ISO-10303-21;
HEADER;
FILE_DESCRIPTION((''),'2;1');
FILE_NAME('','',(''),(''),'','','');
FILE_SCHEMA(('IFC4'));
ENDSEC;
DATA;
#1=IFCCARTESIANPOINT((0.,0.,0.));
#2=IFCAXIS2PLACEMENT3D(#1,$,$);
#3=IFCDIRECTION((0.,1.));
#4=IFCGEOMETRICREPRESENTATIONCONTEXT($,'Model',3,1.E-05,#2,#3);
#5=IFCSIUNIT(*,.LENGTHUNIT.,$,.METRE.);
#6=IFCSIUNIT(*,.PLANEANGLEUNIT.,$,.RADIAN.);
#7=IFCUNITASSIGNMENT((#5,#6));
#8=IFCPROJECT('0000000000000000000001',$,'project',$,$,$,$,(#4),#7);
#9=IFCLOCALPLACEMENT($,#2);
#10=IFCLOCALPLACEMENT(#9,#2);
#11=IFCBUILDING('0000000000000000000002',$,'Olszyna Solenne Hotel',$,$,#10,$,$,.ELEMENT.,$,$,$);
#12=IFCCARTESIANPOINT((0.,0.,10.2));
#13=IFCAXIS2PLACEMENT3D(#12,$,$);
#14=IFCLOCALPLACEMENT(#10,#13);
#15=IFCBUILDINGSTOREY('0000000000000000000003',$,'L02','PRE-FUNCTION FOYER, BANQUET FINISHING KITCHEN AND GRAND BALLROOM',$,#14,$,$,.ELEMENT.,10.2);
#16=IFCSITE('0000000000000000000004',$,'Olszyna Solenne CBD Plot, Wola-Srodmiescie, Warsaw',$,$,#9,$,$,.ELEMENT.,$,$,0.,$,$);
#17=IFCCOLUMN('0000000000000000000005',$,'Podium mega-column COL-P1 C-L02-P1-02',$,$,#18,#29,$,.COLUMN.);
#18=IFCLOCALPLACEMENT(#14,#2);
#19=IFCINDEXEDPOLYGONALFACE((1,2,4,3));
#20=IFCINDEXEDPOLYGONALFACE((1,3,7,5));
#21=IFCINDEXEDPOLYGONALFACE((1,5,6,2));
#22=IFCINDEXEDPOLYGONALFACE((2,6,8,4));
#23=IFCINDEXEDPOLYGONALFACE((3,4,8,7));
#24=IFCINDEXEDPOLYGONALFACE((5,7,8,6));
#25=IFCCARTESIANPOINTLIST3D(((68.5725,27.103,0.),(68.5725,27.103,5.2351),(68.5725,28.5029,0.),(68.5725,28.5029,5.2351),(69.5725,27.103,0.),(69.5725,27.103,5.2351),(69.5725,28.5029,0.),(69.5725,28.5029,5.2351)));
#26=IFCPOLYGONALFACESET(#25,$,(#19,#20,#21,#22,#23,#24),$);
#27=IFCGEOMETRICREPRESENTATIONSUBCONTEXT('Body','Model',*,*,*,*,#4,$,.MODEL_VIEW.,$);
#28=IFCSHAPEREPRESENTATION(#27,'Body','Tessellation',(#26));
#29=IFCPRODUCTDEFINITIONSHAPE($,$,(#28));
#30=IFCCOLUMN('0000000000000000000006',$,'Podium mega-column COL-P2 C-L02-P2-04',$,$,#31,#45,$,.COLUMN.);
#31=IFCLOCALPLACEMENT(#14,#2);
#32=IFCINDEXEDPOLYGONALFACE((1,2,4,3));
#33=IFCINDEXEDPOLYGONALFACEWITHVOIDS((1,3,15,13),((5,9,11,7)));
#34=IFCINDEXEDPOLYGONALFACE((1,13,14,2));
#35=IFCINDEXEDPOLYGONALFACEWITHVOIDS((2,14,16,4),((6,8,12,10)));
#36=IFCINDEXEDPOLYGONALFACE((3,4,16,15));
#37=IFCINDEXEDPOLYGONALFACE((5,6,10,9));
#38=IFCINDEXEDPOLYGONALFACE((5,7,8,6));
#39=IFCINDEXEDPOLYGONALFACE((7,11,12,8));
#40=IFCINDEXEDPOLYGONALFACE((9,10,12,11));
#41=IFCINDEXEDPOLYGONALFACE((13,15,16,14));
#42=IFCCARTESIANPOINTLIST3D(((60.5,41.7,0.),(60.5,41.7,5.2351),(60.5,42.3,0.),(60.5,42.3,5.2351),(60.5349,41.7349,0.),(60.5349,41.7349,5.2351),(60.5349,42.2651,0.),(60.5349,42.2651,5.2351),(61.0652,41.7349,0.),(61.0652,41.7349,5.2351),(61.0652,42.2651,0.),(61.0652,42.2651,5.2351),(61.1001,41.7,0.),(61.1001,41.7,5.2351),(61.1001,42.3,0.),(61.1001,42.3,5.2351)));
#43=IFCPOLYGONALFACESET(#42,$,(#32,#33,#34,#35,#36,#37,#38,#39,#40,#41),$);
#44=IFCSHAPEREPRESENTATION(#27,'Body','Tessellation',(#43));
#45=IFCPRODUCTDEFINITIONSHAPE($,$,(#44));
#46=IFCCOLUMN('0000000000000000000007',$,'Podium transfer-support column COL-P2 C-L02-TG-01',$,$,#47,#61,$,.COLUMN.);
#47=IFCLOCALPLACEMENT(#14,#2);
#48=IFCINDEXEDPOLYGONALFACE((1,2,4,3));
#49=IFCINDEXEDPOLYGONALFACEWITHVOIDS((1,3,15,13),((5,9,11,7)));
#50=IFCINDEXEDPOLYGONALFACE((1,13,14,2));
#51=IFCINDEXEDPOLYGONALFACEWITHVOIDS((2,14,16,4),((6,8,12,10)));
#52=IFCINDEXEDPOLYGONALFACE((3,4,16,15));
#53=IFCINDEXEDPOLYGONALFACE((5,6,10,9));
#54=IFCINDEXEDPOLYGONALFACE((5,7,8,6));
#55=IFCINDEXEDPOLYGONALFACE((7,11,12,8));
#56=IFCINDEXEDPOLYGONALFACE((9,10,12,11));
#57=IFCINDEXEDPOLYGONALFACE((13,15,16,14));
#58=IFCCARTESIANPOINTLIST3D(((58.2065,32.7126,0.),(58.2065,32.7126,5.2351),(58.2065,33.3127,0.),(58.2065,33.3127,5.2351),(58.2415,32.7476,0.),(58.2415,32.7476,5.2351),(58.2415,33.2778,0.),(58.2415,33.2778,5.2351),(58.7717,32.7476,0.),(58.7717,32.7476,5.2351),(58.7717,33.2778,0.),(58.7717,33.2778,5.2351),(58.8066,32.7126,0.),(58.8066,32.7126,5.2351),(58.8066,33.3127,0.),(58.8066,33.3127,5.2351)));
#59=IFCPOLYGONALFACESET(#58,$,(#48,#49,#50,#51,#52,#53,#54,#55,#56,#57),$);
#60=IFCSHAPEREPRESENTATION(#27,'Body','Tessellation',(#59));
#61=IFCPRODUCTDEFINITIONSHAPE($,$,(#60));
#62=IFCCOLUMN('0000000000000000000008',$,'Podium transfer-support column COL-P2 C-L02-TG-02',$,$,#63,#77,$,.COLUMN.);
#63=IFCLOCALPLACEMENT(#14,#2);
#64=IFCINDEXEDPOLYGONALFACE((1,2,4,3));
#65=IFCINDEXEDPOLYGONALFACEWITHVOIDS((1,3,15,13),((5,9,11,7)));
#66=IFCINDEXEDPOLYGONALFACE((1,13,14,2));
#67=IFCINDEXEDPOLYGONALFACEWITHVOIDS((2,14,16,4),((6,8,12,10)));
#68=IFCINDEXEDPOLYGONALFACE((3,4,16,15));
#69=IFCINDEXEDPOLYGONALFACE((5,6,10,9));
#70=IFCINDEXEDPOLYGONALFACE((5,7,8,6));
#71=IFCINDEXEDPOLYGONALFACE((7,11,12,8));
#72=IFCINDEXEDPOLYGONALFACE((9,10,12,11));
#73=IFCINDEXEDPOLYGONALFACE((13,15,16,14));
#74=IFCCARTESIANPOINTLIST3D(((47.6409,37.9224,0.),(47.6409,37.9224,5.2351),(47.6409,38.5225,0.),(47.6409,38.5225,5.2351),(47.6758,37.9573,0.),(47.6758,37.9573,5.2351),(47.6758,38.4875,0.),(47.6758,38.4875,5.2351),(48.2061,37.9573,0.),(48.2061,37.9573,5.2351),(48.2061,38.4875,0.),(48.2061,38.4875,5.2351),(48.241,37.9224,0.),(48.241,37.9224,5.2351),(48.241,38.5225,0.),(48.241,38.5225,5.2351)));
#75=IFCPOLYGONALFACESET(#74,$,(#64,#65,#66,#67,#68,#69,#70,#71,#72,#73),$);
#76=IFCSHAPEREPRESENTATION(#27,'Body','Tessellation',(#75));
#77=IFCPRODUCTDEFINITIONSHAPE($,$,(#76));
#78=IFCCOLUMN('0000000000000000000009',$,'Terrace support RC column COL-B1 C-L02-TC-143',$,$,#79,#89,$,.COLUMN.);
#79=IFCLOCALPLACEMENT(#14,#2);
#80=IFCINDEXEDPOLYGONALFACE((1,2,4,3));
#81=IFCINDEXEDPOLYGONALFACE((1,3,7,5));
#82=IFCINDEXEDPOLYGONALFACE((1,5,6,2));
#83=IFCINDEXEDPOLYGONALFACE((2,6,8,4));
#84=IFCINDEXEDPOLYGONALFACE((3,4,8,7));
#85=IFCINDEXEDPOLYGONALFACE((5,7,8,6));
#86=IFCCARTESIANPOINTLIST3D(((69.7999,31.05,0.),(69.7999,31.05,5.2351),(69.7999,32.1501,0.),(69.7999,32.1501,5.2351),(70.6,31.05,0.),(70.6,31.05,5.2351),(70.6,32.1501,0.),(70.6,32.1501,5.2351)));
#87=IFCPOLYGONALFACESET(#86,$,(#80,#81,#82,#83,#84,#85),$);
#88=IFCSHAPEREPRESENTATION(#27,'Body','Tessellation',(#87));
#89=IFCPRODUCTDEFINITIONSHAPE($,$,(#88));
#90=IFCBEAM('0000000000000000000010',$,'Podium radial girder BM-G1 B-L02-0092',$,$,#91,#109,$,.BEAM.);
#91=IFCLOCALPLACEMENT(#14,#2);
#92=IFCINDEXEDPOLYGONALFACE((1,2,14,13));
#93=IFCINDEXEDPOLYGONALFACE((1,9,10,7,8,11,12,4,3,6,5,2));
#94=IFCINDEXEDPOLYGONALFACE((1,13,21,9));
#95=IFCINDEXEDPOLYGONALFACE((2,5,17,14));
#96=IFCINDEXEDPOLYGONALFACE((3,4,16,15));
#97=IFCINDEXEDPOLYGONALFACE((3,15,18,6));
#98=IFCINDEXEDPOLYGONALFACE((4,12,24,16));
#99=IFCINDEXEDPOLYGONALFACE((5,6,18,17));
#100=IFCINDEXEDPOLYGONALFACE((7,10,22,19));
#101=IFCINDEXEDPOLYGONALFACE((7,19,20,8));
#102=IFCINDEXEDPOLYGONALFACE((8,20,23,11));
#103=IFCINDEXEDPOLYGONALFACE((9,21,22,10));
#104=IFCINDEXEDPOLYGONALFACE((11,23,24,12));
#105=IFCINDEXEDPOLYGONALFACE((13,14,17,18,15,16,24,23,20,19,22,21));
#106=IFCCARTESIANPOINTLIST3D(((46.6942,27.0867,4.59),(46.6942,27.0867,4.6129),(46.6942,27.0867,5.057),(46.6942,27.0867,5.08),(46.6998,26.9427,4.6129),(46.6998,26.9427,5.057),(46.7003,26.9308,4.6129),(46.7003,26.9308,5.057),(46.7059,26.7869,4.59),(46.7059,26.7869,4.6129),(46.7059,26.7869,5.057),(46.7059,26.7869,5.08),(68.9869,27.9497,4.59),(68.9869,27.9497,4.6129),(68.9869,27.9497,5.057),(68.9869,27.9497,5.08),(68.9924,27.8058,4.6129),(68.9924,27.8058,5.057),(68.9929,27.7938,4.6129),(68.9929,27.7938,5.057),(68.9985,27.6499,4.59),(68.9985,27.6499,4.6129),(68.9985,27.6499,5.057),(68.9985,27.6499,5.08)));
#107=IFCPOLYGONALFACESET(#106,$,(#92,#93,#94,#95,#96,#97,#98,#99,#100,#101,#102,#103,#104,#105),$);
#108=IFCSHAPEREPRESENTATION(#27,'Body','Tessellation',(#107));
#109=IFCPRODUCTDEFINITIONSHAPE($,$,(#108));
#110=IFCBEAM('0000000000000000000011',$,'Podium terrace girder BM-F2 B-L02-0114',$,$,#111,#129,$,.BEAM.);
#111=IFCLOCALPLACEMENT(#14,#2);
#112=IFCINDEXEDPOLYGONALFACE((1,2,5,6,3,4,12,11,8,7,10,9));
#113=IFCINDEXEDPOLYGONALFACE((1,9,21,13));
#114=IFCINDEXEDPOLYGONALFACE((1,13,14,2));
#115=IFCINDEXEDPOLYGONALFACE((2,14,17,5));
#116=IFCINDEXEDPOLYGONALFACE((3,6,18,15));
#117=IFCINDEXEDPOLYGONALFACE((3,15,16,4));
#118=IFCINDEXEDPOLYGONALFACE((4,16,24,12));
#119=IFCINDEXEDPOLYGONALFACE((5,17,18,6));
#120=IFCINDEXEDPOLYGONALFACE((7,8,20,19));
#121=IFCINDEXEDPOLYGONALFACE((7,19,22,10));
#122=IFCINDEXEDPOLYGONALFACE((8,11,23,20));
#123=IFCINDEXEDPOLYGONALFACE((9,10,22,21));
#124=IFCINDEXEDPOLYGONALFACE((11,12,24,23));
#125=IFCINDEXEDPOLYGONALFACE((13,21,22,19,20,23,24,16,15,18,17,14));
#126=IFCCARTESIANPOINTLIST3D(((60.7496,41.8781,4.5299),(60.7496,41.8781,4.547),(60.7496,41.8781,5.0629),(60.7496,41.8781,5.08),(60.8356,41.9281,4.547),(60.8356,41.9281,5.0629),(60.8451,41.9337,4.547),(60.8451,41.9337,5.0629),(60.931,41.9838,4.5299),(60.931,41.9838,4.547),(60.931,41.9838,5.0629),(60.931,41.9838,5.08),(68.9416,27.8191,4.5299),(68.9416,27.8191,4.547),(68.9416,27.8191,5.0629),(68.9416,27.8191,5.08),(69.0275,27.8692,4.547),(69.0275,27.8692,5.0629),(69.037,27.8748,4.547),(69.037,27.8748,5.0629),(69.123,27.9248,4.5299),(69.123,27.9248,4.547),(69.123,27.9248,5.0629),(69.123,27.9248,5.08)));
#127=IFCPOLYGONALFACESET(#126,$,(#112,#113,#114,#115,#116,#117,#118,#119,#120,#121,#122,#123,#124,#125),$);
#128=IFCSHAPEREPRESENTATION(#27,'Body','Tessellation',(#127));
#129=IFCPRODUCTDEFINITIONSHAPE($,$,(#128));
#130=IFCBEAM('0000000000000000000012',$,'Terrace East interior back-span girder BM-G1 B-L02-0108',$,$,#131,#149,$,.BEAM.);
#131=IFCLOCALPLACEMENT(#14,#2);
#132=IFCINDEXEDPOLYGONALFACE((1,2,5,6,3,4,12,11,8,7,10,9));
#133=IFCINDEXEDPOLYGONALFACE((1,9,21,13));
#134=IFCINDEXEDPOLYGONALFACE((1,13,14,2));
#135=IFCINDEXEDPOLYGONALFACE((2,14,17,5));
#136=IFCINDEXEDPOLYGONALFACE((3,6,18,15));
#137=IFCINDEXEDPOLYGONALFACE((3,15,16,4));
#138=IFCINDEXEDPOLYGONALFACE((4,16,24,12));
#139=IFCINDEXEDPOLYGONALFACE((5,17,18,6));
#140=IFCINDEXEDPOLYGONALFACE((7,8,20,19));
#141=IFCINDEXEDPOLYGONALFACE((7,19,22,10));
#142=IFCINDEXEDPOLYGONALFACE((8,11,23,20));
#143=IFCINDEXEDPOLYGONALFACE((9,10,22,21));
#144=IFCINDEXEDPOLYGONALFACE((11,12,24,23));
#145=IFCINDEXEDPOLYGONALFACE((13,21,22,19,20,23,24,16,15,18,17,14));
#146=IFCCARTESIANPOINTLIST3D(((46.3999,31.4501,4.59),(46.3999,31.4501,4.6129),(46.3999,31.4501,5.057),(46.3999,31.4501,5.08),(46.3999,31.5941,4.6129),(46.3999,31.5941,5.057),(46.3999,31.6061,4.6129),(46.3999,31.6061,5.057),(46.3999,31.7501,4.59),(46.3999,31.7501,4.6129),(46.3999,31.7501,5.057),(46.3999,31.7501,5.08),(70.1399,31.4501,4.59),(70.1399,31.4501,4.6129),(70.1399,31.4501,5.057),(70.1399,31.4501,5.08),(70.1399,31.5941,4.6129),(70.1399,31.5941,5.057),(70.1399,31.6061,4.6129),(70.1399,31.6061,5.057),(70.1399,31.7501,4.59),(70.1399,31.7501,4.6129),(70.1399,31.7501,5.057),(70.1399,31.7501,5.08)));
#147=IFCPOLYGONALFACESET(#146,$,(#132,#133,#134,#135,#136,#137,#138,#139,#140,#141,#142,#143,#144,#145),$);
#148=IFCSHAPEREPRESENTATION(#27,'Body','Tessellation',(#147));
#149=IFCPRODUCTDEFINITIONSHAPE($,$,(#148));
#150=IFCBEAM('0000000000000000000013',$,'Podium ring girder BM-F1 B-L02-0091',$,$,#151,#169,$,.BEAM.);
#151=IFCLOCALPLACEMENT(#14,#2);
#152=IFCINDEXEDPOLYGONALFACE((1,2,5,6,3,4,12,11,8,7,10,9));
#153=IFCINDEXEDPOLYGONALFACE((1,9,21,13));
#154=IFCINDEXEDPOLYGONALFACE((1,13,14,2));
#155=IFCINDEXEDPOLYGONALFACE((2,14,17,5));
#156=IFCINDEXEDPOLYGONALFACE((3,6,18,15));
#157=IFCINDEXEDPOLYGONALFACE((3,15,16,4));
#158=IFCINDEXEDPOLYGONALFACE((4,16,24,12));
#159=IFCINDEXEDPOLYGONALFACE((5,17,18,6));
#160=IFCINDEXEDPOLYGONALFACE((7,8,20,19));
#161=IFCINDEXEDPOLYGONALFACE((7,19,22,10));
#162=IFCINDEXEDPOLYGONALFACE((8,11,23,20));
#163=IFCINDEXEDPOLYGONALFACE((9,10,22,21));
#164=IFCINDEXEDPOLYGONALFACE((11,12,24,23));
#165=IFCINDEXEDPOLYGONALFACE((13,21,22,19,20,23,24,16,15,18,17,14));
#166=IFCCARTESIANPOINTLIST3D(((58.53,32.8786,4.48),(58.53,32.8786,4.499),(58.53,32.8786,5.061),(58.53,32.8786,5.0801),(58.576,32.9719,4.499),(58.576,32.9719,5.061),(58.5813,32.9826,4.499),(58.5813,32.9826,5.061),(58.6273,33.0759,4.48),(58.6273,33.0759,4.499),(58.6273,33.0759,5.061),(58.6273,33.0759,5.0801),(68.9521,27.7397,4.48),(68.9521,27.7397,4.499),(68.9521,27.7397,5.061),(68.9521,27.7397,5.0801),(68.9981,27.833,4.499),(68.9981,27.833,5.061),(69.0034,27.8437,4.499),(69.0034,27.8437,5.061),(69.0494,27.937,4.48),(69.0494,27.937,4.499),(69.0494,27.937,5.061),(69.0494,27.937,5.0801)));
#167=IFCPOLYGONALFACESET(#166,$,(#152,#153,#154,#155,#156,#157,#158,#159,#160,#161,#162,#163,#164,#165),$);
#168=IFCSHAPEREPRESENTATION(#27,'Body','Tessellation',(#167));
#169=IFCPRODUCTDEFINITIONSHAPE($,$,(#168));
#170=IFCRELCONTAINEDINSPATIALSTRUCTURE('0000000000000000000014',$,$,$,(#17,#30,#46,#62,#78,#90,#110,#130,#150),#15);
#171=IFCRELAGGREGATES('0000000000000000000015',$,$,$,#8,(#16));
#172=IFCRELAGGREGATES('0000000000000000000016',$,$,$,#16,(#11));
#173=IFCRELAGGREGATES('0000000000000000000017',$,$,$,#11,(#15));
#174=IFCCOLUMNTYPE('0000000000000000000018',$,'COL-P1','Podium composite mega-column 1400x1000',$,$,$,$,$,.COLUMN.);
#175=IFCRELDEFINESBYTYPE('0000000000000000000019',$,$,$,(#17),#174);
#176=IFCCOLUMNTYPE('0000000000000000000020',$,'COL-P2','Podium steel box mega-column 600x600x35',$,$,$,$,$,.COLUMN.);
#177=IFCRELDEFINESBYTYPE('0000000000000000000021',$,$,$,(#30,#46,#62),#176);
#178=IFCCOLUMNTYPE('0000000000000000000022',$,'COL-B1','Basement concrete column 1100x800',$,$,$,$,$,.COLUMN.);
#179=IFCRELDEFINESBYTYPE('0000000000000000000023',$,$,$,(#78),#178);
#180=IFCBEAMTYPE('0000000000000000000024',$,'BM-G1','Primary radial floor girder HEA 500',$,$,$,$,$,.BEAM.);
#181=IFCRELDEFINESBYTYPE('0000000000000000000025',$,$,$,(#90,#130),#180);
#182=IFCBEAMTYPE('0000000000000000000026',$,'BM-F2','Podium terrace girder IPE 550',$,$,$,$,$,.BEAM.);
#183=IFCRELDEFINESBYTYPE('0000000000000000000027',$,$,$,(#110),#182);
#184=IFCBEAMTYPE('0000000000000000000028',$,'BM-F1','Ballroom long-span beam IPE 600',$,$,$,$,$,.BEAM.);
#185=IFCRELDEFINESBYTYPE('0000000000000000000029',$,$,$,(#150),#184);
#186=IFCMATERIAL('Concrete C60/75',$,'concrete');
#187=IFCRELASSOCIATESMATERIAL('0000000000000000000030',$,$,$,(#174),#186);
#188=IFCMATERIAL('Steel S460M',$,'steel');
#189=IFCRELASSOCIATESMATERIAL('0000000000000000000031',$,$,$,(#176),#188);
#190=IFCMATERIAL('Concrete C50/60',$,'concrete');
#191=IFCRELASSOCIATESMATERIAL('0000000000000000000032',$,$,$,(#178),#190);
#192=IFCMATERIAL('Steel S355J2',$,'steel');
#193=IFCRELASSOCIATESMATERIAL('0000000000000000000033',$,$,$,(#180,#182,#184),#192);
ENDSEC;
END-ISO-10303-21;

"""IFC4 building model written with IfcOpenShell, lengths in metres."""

from ifc_helpers import new_model, si_unit, direction, frame, origin, origin_2d, place, context, subcontext, project, spatial, rectangle, hollow_rectangle, i_section, extrude, source, transform, mapped, material, material_profile, profile_set, type_object, element, save


model = new_model("IFC4")

# Units and contexts
model_context = context("Model", 3, precision=1e-05, world=origin(), true_north=direction((0.0, 1.0)))
body_context = subcontext(model_context, "Body", "Model", "MODEL_VIEW")
ifc_project = project(units=[si_unit("LENGTHUNIT", "METRE"), si_unit("PLANEANGLEUNIT", "RADIAN")], contexts=[model_context])

# Site, building, storey
site_placement = place(None, origin())
site = spatial("IfcSite", under=ifc_project, at=site_placement, Name="Olszyna Solenne CBD Plot, Wola-Srodmiescie, Warsaw", CompositionType="ELEMENT", RefElevation=0.0)
building_placement = place(site_placement, origin())
building = spatial("IfcBuilding", under=site, at=building_placement, Name="Olszyna Solenne Hotel", CompositionType="ELEMENT")
storey_placement = place(building_placement, frame((0.0, 0.0, 10.2)))
storey = spatial("IfcBuildingStorey", under=building, at=storey_placement, Name="L02", Description="PRE-FUNCTION FOYER, BANQUET FINISHING KITCHEN AND GRAND BALLROOM", CompositionType="ELEMENT", Elevation=10.2)

# Columns
ifc_material_1 = material(Name="Concrete C60/75", Category="concrete")
ifc_material_profile_1 = material_profile(ifc_material_1, rectangle(XDim=1.0, YDim=1.3999, at=origin_2d()), Name="RC 1400x1000", Category="load-bearing")
ifc_profile_set_1 = profile_set([ifc_material_profile_1], Name="Concrete C60/75")
column_type_1 = type_object("IfcColumnType", Name="COL-P1", Description="Podium composite mega-column 1400x1000", PredefinedType="COLUMN", material=ifc_profile_set_1)
shared_shape_1 = source(origin(), body_context, "Body", "SweptSolid", [
    extrude(rectangle(XDim=1.0, YDim=1.3999, at=origin_2d()), origin(), (0.0, 0.0, 1.0), 5.2351),
])
column_1_placement = place(storey_placement, frame((69.0725, 27.803, 0.0), z_axis=(0.0, 0.0, 1.0), x_axis=(1.0, 0.0, 0.0)))
element("IfcColumn", 1, at=column_1_placement, inside=storey, type_object=column_type_1, Name="Podium mega-column COL-P1 C-L02-P1-02", PredefinedType="COLUMN", context=body_context, shape_type="MappedRepresentation", body=[
    mapped(shared_shape_1, transform((0.0, 0.0, 0.0), x_axis=(1.0, 0.0, 0.0), y_axis=(0.0, 1.0, 0.0), z_axis=(0.0, 0.0, 1.0), scale=1.0)),
])
ifc_material_2 = material(Name="Steel S460M", Category="steel")
ifc_material_profile_2 = material_profile(ifc_material_2, hollow_rectangle(XDim=0.6001, YDim=0.6001, WallThickness=0.0349, at=origin_2d()), Name="SHS 600x600x35", Category="load-bearing")
ifc_profile_set_2 = profile_set([ifc_material_profile_2], Name="Steel S460M")
column_type_2 = type_object("IfcColumnType", Name="COL-P2", Description="Podium steel box mega-column 600x600x35", PredefinedType="COLUMN", material=ifc_profile_set_2)
shared_shape_2 = source(origin(), body_context, "Body", "SweptSolid", [
    extrude(hollow_rectangle(XDim=0.6001, YDim=0.6001, WallThickness=0.0349, at=origin_2d()), origin(), (0.0, 0.0, 1.0), 5.2351),
])
for number, where, z_axis, x_axis, name in (
    (2, (60.8, 42.0, 0.0), (0.0, 0.0, 1.0), (1.0, 0.0, 0.0), "Podium mega-column COL-P2 C-L02-P2-04"),
    (3, (58.5066, 33.0127, 0.0), (0.0, 0.0, 1.0), (1.0, 0.0, 0.0), "Podium transfer-support column COL-P2 C-L02-TG-01"),
    (4, (47.9409, 38.2224, 0.0), (0.0, 0.0, 1.0), (1.0, 0.0, 0.0), "Podium transfer-support column COL-P2 C-L02-TG-02"),
):
    element("IfcColumn", number, at=place(storey_placement, frame(where, z_axis=z_axis, x_axis=x_axis)), inside=storey, type_object=column_type_2, Name=name, PredefinedType="COLUMN", context=body_context, shape_type="MappedRepresentation", body=[
        mapped(shared_shape_2, transform((0.0, 0.0, 0.0), x_axis=(1.0, 0.0, 0.0), y_axis=(0.0, 1.0, 0.0), z_axis=(0.0, 0.0, 1.0), scale=1.0)),
    ])
ifc_material_3 = material(Name="Concrete C50/60", Category="concrete")
ifc_material_profile_3 = material_profile(ifc_material_3, rectangle(XDim=0.8, YDim=1.1001, at=origin_2d()), Name="RC 1100x800", Category="load-bearing")
ifc_profile_set_3 = profile_set([ifc_material_profile_3], Name="Concrete C50/60")
column_type_3 = type_object("IfcColumnType", Name="COL-B1", Description="Basement concrete column 1100x800", PredefinedType="COLUMN", material=ifc_profile_set_3)
shared_shape_3 = source(origin(), body_context, "Body", "SweptSolid", [
    extrude(rectangle(XDim=0.8, YDim=1.1001, at=origin_2d()), origin(), (0.0, 0.0, 1.0), 5.2351),
])
column_2_placement = place(storey_placement, frame((70.2, 31.6001, 0.0), z_axis=(0.0, 0.0, 1.0), x_axis=(1.0, 0.0, 0.0)))
element("IfcColumn", 5, at=column_2_placement, inside=storey, type_object=column_type_3, Name="Terrace support RC column COL-B1 C-L02-TC-143", PredefinedType="COLUMN", context=body_context, shape_type="MappedRepresentation", body=[
    mapped(shared_shape_3, transform((0.0, 0.0, 0.0), x_axis=(1.0, 0.0, 0.0), y_axis=(0.0, 1.0, 0.0), z_axis=(0.0, 0.0, 1.0), scale=1.0)),
])

# Beams
ifc_material_4 = material(Name="Steel S355J2", Category="steel")
ifc_material_profile_4 = material_profile(ifc_material_4, i_section(OverallWidth=0.3, OverallDepth=0.49, WebThickness=0.012, FlangeThickness=0.0229, at=origin_2d()), Name="HEA 500", Category="load-bearing")
ifc_profile_set_4 = profile_set([ifc_material_profile_4], Name="Steel S355J2")
beam_type_1 = type_object("IfcBeamType", Name="BM-G1", Description="Primary radial floor girder HEA 500", PredefinedType="BEAM", material=ifc_profile_set_4)
shared_shape_4 = source(origin(), body_context, "Body", "SweptSolid", [
    extrude(i_section(OverallWidth=0.3, OverallDepth=0.49, WebThickness=0.012, FlangeThickness=0.0229, at=origin_2d()), origin(), (0.0, 0.0, 1.0), 22.3093),
])
beam_1_placement = place(storey_placement, frame((68.9927, 27.7998, 4.835), z_axis=(-0.999251, -0.038685, 0.0), x_axis=(0.038685, -0.999251, 0.0)))
element("IfcBeam", 6, at=beam_1_placement, inside=storey, type_object=beam_type_1, Name="Podium radial girder BM-G1 B-L02-0092", PredefinedType="BEAM", context=body_context, shape_type="MappedRepresentation", body=[
    mapped(shared_shape_4, transform((0.0, 0.0, 0.0), x_axis=(1.0, 0.0, 0.0), y_axis=(0.0, 1.0, 0.0), z_axis=(0.0, 0.0, 1.0), scale=1.0)),
])
ifc_material_profile_5 = material_profile(ifc_material_4, i_section(OverallWidth=0.21, OverallDepth=0.55, WebThickness=0.011, FlangeThickness=0.0171, at=origin_2d()), Name="IPE 550", Category="load-bearing")
ifc_profile_set_5 = profile_set([ifc_material_profile_5], Name="Steel S355J2")
beam_type_2 = type_object("IfcBeamType", Name="BM-F2", Description="Podium terrace girder IPE 550", PredefinedType="BEAM", material=ifc_profile_set_5)
shared_shape_5 = source(origin(), body_context, "Body", "SweptSolid", [
    extrude(i_section(OverallWidth=0.21, OverallDepth=0.55, WebThickness=0.011, FlangeThickness=0.0171, at=origin_2d()), origin(), (0.0, 0.0, 1.0), 16.2715),
])
beam_2_placement = place(storey_placement, frame((60.8403, 41.9309, 4.8049), z_axis=(0.503454, -0.864022, 0.0), x_axis=(0.864022, 0.503454, 0.0)))
element("IfcBeam", 7, at=beam_2_placement, inside=storey, type_object=beam_type_2, Name="Podium terrace girder BM-F2 B-L02-0114", PredefinedType="BEAM", context=body_context, shape_type="MappedRepresentation", body=[
    mapped(shared_shape_5, transform((0.0, 0.0, 0.0), x_axis=(1.0, 0.0, 0.0), y_axis=(0.0, 1.0, 0.0), z_axis=(0.0, 0.0, 1.0), scale=1.0)),
])
shared_shape_6 = source(origin(), body_context, "Body", "SweptSolid", [
    extrude(i_section(OverallWidth=0.3, OverallDepth=0.49, WebThickness=0.012, FlangeThickness=0.0229, at=origin_2d()), origin(), (0.0, 0.0, 1.0), 23.74),
])
beam_3_placement = place(storey_placement, frame((46.3999, 31.6001, 4.835), z_axis=(1.0, 0.0, 0.0), x_axis=(0.0, 1.0, 0.0)))
element("IfcBeam", 8, at=beam_3_placement, inside=storey, type_object=beam_type_1, Name="Terrace East interior back-span girder BM-G1 B-L02-0108", PredefinedType="BEAM", context=body_context, shape_type="MappedRepresentation", body=[
    mapped(shared_shape_6, transform((0.0, 0.0, 0.0), x_axis=(1.0, 0.0, 0.0), y_axis=(0.0, 1.0, 0.0), z_axis=(0.0, 0.0, 1.0), scale=1.0)),
])
ifc_material_profile_6 = material_profile(ifc_material_4, i_section(OverallWidth=0.22, OverallDepth=0.6001, WebThickness=0.012, FlangeThickness=0.019, at=origin_2d()), Name="IPE 600", Category="load-bearing")
ifc_profile_set_6 = profile_set([ifc_material_profile_6], Name="Steel S355J2")
beam_type_3 = type_object("IfcBeamType", Name="BM-F1", Description="Ballroom long-span beam IPE 600", PredefinedType="BEAM", material=ifc_profile_set_6)
shared_shape_7 = source(origin(), body_context, "Body", "SweptSolid", [
    extrude(i_section(OverallWidth=0.22, OverallDepth=0.6001, WebThickness=0.012, FlangeThickness=0.019, at=origin_2d()), origin(), (0.0, 0.0, 1.0), 11.6201),
])
for number, where, z_axis, x_axis, name in (
    (9, (69.0007, 27.8384, 4.78), (-0.896897, 0.44224, 0.0), (-0.44224, -0.896897, 0.0), "Podium ring girder BM-F1 B-L02-0091"),
):
    element("IfcBeam", number, at=place(storey_placement, frame(where, z_axis=z_axis, x_axis=x_axis)), inside=storey, type_object=beam_type_3, Name=name, PredefinedType="BEAM", context=body_context, shape_type="MappedRepresentation", body=[
        mapped(shared_shape_7, transform((0.0, 0.0, 0.0), x_axis=(1.0, 0.0, 0.0), y_axis=(0.0, 1.0, 0.0), z_axis=(0.0, 0.0, 1.0), scale=1.0)),
    ])

save(model, "model.ifc")
